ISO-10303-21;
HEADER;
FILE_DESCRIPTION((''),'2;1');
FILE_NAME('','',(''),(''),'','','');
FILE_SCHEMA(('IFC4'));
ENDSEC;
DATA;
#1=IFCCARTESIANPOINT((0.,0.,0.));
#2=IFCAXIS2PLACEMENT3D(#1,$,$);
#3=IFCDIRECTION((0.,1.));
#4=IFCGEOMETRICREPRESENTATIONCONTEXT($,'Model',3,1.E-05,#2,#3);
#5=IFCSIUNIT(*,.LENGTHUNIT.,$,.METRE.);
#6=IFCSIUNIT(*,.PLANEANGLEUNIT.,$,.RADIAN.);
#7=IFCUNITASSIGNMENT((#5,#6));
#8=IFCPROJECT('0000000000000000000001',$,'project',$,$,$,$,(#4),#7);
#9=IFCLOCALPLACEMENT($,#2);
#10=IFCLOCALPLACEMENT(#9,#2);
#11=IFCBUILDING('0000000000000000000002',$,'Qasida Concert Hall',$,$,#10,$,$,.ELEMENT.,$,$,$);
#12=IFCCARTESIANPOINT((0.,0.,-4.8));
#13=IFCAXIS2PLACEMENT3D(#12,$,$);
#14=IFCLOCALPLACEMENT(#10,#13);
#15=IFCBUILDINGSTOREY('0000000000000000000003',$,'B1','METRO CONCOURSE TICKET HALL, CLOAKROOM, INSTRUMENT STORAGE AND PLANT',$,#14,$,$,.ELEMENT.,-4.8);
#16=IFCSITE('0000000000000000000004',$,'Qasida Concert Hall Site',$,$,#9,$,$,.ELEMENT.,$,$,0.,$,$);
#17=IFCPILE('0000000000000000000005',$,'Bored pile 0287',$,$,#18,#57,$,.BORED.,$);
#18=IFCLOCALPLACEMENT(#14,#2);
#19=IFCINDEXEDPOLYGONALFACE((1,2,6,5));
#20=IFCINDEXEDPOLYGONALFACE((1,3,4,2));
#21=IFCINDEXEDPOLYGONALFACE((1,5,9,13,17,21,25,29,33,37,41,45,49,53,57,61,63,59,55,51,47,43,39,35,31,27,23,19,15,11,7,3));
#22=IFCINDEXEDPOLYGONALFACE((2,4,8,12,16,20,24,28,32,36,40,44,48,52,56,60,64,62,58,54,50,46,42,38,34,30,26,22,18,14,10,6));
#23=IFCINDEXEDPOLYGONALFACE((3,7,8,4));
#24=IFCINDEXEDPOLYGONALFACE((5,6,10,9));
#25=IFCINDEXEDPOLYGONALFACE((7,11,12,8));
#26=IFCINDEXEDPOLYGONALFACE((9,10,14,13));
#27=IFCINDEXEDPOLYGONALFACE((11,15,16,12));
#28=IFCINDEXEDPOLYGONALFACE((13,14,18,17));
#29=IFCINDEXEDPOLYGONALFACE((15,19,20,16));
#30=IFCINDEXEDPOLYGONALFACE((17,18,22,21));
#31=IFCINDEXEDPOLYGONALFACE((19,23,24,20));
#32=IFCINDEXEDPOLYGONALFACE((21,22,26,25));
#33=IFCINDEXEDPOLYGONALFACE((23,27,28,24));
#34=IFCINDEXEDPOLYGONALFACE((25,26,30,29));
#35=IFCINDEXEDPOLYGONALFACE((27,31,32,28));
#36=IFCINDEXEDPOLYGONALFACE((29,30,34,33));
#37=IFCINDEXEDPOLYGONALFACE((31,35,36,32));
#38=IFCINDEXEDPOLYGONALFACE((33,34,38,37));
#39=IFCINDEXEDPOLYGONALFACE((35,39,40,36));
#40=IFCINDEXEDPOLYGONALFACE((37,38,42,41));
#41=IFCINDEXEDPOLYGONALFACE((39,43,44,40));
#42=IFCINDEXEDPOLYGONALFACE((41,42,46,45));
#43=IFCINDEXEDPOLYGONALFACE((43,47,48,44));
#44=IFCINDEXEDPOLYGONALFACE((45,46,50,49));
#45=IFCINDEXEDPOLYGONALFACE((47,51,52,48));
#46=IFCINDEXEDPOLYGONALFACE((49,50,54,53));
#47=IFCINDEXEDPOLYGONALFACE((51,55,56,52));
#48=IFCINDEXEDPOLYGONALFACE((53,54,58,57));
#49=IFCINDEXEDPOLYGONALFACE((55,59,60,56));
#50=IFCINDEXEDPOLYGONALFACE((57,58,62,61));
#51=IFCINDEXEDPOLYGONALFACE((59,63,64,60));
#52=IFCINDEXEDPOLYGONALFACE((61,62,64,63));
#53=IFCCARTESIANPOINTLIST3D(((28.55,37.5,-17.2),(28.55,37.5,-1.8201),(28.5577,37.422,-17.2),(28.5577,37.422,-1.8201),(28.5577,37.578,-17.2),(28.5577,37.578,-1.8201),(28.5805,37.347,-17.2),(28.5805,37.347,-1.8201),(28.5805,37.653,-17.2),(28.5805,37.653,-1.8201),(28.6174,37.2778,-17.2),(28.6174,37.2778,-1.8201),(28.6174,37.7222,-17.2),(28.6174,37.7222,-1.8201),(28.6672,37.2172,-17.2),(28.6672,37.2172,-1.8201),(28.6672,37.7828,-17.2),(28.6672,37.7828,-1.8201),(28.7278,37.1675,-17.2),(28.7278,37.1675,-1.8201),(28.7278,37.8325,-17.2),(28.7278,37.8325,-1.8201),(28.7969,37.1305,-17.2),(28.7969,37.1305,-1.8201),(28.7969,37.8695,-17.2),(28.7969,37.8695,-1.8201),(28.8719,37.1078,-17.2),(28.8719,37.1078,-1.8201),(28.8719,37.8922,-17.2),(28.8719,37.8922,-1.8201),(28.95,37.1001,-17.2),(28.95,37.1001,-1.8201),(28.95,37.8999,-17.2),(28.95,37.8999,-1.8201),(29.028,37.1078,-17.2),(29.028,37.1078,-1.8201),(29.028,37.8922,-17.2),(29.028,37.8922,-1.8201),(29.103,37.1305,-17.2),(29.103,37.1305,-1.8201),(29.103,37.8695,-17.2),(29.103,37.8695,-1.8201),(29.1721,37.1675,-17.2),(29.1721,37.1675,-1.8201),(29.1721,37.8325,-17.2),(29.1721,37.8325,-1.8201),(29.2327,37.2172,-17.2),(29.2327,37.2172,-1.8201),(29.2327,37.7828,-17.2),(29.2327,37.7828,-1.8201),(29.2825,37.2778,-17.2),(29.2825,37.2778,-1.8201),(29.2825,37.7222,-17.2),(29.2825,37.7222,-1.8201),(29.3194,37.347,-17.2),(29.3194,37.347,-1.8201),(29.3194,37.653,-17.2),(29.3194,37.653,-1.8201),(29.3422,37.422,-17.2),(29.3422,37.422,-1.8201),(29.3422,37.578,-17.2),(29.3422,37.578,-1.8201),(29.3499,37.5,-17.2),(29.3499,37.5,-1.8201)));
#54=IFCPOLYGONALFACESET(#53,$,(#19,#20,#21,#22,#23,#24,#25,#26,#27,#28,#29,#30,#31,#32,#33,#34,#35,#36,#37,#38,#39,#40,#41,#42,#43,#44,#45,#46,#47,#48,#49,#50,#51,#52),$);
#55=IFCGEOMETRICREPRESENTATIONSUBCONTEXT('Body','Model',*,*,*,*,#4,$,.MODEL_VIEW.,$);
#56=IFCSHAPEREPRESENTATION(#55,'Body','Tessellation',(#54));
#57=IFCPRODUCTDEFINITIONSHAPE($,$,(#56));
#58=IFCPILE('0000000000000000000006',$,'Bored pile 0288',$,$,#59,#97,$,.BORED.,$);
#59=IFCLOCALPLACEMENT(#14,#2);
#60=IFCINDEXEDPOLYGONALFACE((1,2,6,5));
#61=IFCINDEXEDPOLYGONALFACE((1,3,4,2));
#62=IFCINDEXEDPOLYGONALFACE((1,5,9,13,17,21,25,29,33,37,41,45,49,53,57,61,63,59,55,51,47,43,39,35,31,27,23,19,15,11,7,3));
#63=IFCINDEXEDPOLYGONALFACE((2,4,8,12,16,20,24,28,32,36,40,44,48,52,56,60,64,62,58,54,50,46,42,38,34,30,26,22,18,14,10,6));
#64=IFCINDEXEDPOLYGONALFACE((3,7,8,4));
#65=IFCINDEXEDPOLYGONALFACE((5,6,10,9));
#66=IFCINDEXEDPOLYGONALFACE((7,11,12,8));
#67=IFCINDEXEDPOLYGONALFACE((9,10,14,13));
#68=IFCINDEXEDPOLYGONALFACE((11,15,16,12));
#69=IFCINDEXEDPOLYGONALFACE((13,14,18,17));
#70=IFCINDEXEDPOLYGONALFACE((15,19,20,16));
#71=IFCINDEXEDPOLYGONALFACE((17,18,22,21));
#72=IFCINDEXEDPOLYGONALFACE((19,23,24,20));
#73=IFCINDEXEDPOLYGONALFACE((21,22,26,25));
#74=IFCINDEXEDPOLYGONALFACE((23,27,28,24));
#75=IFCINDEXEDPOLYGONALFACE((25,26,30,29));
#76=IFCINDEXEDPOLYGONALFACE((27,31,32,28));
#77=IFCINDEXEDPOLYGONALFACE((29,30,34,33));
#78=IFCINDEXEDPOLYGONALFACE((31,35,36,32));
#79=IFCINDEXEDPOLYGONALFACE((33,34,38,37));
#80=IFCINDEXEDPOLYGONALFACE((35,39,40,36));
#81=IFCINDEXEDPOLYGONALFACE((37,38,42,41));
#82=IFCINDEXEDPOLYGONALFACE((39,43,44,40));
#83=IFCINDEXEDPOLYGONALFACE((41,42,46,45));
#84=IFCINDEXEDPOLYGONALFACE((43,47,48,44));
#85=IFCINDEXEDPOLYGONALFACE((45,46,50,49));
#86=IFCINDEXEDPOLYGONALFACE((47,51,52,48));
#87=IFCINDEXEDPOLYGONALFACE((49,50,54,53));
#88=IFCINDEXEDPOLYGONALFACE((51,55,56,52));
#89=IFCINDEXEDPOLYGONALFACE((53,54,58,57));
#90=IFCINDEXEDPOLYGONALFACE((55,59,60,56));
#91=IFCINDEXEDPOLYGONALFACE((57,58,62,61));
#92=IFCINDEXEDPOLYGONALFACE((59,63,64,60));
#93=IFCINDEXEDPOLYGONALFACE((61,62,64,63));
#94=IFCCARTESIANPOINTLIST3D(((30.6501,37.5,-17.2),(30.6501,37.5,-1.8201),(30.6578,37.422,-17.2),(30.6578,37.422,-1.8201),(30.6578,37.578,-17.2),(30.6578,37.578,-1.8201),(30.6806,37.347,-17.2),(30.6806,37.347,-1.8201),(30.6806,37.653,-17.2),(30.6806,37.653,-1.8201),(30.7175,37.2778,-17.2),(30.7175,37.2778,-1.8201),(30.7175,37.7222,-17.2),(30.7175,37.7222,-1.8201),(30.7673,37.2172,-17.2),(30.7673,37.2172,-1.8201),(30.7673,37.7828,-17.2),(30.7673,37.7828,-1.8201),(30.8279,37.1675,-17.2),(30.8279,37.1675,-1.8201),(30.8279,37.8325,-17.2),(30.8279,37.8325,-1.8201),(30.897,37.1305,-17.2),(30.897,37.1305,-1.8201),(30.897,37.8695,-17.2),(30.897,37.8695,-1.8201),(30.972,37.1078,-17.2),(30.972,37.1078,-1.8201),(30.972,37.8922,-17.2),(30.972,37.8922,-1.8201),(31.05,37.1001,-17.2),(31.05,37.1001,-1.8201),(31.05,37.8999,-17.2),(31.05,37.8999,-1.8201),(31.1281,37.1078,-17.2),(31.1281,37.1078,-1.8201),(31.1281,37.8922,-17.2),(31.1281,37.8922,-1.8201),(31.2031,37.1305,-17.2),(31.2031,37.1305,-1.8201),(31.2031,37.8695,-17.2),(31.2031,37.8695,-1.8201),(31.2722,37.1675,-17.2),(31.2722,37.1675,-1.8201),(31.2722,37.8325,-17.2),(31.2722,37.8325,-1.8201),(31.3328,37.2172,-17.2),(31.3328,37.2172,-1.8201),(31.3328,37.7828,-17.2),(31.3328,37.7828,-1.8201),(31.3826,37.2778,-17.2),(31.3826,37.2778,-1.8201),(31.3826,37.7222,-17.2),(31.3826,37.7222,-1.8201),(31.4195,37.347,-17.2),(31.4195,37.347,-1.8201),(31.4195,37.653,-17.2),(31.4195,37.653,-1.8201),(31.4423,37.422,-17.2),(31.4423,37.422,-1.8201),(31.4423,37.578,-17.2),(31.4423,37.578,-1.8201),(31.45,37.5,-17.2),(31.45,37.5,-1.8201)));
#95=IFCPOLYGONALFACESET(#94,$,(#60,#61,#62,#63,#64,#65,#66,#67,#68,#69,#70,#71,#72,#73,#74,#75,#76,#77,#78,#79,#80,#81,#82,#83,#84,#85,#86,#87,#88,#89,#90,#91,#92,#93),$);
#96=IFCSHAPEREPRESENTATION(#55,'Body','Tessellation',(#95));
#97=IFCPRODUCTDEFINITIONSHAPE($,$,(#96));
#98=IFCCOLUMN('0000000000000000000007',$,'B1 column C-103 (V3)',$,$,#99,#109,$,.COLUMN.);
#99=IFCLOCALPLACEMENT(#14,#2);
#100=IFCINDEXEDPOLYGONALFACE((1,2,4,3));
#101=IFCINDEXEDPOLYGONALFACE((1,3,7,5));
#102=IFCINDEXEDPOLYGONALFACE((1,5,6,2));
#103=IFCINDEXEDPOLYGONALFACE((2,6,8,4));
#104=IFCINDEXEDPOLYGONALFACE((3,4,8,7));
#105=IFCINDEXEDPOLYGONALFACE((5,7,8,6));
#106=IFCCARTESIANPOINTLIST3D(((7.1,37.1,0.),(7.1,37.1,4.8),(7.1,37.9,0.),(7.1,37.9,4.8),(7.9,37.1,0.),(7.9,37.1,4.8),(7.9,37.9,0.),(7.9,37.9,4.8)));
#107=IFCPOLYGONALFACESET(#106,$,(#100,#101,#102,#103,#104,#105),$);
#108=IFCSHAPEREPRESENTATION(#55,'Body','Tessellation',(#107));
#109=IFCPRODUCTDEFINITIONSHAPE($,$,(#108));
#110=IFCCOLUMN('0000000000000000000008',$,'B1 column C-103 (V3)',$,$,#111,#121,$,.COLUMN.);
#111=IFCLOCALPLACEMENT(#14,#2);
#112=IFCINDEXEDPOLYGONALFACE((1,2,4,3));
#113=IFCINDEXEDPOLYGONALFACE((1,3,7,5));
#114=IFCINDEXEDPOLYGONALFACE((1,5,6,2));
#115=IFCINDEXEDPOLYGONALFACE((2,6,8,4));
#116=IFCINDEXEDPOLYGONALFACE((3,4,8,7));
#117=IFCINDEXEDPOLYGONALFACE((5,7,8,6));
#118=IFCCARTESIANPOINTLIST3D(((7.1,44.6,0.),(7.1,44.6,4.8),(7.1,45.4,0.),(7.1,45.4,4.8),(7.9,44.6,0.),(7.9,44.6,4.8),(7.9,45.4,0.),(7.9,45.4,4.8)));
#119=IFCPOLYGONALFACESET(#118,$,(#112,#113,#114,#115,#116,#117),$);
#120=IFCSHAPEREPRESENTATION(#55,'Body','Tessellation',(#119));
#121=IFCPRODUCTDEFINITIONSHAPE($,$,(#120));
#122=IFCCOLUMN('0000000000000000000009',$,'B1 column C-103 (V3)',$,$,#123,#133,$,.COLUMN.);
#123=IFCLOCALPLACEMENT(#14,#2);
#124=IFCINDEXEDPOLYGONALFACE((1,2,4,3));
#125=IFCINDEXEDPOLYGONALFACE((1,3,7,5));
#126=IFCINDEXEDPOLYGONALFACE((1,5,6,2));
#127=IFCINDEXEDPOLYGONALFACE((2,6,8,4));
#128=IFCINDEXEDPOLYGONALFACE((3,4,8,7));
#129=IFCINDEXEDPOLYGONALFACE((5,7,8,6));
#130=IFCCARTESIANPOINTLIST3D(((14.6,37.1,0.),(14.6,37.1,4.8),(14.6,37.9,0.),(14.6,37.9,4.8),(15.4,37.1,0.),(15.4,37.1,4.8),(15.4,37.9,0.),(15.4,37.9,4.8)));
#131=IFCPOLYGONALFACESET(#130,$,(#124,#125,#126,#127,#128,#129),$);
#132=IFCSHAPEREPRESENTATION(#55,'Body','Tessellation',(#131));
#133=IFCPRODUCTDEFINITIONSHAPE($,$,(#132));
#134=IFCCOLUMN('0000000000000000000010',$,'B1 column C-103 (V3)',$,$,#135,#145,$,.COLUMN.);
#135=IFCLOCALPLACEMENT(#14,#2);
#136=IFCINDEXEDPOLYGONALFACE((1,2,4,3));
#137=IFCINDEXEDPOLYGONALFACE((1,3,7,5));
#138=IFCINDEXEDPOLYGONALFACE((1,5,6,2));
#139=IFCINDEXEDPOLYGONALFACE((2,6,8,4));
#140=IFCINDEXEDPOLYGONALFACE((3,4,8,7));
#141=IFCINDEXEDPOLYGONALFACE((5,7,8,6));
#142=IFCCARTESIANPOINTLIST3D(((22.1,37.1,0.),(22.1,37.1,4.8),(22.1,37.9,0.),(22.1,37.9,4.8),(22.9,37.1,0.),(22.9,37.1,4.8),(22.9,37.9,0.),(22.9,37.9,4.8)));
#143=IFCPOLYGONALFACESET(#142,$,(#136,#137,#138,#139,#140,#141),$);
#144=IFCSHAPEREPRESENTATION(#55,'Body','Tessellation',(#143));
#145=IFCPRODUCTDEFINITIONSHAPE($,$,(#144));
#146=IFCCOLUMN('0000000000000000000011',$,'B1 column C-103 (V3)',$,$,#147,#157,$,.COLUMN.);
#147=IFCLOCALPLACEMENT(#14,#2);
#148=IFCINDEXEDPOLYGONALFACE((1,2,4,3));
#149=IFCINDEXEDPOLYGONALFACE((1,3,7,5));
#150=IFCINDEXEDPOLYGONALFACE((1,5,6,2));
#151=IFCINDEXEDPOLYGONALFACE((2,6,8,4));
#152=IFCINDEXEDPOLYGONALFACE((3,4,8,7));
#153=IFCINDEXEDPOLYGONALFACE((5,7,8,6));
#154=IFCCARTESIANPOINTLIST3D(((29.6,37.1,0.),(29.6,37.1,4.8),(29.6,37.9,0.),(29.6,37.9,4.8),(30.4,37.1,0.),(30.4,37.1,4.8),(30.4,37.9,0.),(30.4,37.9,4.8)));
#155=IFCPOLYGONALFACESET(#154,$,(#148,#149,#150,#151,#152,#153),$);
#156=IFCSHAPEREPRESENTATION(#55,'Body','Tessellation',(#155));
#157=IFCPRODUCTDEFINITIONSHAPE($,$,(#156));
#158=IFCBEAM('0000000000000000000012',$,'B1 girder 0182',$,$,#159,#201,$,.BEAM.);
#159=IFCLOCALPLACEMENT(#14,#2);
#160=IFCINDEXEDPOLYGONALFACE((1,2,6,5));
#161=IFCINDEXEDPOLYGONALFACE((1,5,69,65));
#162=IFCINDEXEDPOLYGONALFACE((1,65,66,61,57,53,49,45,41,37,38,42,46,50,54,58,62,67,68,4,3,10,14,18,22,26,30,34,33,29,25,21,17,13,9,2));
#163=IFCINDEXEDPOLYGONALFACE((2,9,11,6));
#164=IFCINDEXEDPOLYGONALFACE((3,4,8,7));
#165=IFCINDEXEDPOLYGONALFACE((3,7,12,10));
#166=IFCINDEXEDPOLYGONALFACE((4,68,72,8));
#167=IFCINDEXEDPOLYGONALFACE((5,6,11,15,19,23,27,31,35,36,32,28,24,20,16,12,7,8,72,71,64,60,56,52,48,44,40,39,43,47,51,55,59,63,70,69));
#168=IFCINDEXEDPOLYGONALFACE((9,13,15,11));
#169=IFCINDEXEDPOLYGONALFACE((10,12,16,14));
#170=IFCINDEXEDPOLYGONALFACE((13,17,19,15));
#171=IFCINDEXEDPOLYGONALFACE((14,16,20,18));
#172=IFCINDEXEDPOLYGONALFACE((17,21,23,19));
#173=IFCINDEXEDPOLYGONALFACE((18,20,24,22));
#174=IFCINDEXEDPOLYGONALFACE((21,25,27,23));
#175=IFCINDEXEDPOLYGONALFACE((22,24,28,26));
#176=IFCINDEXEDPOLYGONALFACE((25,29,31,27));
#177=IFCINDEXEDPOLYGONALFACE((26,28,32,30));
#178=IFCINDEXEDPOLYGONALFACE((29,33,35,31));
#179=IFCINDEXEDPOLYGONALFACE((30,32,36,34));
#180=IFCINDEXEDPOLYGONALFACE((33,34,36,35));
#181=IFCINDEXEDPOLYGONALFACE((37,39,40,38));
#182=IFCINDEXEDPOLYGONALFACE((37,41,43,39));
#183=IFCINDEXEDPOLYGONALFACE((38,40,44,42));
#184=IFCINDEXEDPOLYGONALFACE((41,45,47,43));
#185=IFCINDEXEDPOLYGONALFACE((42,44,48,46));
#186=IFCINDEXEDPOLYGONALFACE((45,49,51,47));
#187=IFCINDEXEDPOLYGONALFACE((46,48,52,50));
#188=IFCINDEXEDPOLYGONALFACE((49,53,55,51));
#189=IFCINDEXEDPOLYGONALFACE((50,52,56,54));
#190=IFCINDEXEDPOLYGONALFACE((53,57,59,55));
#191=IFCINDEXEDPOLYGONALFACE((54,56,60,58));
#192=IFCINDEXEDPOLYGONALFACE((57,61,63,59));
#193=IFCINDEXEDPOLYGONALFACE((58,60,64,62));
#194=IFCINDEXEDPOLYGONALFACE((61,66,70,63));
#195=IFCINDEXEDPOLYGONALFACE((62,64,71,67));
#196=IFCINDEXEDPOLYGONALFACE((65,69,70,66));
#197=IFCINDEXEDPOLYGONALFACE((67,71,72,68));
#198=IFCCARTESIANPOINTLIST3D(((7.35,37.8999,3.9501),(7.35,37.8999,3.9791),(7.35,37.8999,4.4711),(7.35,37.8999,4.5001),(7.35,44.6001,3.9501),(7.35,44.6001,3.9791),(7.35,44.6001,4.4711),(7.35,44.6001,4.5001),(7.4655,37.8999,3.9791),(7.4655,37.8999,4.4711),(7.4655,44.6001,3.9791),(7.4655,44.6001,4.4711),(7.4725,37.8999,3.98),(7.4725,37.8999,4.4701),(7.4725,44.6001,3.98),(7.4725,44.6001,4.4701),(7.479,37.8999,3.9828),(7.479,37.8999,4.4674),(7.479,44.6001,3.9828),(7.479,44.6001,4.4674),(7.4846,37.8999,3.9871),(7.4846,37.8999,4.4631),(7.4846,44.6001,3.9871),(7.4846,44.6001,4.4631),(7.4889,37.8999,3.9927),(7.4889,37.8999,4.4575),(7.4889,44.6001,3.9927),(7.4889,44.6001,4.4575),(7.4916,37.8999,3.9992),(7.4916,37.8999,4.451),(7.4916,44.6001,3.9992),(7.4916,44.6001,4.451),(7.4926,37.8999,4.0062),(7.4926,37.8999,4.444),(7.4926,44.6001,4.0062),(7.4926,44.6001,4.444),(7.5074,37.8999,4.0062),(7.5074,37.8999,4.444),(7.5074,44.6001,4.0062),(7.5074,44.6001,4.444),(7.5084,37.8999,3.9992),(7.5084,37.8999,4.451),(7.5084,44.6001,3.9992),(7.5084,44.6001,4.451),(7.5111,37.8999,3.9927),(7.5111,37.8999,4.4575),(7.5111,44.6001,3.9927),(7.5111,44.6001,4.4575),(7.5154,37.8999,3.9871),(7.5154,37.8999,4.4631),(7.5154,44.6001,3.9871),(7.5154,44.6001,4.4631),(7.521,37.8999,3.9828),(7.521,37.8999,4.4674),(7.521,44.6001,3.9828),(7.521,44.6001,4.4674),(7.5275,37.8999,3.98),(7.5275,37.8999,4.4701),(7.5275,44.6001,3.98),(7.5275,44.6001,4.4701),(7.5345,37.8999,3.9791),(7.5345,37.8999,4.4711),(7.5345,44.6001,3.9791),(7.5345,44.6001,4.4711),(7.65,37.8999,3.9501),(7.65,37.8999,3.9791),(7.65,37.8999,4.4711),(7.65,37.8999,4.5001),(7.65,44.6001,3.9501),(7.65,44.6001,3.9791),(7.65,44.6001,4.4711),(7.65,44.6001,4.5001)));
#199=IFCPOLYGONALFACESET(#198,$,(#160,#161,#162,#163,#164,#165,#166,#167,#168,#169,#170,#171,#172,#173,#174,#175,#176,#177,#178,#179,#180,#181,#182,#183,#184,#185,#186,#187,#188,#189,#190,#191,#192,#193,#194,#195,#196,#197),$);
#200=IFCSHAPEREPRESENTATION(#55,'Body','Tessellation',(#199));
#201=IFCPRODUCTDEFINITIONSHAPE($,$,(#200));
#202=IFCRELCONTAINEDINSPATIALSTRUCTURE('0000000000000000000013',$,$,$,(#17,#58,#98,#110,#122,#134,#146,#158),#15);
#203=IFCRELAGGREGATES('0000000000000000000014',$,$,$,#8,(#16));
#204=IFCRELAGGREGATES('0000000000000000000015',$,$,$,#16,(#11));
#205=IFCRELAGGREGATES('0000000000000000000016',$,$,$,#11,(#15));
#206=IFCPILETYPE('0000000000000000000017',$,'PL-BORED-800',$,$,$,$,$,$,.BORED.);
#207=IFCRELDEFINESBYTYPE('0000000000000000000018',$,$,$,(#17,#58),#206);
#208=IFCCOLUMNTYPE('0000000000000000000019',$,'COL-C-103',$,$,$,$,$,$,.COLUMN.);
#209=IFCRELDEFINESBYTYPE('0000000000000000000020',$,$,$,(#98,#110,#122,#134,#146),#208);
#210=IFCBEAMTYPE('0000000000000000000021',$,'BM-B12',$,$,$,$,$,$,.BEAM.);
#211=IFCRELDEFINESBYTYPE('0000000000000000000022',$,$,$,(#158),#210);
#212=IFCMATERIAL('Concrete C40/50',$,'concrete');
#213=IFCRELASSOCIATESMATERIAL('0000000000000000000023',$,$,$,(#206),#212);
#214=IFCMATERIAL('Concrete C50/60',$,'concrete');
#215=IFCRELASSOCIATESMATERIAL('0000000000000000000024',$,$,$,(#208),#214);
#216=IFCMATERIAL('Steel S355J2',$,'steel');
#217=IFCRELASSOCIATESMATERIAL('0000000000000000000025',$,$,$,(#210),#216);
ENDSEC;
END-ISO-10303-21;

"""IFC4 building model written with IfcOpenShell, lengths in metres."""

from ifc_helpers import new_model, si_unit, direction, frame, origin, origin_2d, place, context, subcontext, project, spatial, rectangle, circle, i_section, extrude, material, material_profile, profile_set, type_object, element, save


model = new_model("IFC4")

# Units and contexts
model_context = context("Model", 3, precision=1e-05, world=origin(), true_north=direction((0.0, 1.0)))
body_context = subcontext(model_context, "Body", "Model", "MODEL_VIEW")
ifc_project = project(units=[si_unit("LENGTHUNIT", "METRE"), si_unit("PLANEANGLEUNIT", "RADIAN")], contexts=[model_context])

# Site, building, storey
site_placement = place(None, origin())
site = spatial("IfcSite", under=ifc_project, at=site_placement, Name="Qasida Concert Hall Site", CompositionType="ELEMENT", RefElevation=0.0)
building_placement = place(site_placement, origin())
building = spatial("IfcBuilding", under=site, at=building_placement, Name="Qasida Concert Hall", CompositionType="ELEMENT")
storey_placement = place(building_placement, frame((0.0, 0.0, -4.8)))
storey = spatial("IfcBuildingStorey", under=building, at=storey_placement, Name="B1", Description="METRO CONCOURSE TICKET HALL, CLOAKROOM, INSTRUMENT STORAGE AND PLANT", CompositionType="ELEMENT", Elevation=-4.8)

# Shared definitions
ifc_material_1 = material(Name="Concrete C40/50", Category="concrete")

# Piles
ifc_material_profile_1 = material_profile(ifc_material_1, circle(Radius=0.3999, at=origin_2d()), Name="BORED PILE D800")
ifc_profile_set_1 = profile_set([ifc_material_profile_1], Name="Concrete C40/50")
pile_type = type_object("IfcPileType", Name="PL-BORED-800", PredefinedType="BORED", material=ifc_profile_set_1)
for number, where, z_axis, x_axis, name in (
    (1, (28.95, 37.5, -1.8201), (0.0, 0.0, -1.0), (1.0, 0.0, 0.0), "Bored pile 0287"),
    (2, (31.05, 37.5, -1.8201), (0.0, 0.0, -1.0), (1.0, 0.0, 0.0), "Bored pile 0288"),
):
    element("IfcPile", number, at=place(storey_placement, frame(where, z_axis=z_axis, x_axis=x_axis)), inside=storey, type_object=pile_type, Name=name, PredefinedType="BORED", context=body_context, shape_type="SweptSolid", body=[
        extrude(circle(Radius=0.3999, at=origin_2d()), origin(), (0.0, 0.0, 1.0), 15.3799),
    ])

# Columns
ifc_material_2 = material(Name="Concrete C50/60", Category="concrete")
ifc_material_profile_2 = material_profile(ifc_material_2, rectangle(XDim=0.8, YDim=0.8, at=origin_2d()), Name="RC 800x800")
ifc_profile_set_2 = profile_set([ifc_material_profile_2], Name="Concrete C50/60")
column_type = type_object("IfcColumnType", Name="COL-C-103", PredefinedType="COLUMN", material=ifc_profile_set_2)
for number, where, z_axis, x_axis, name in (
    (3, (7.5, 37.5, 0.0), (0.0, 0.0, 1.0), (1.0, 0.0, 0.0), "B1 column C-103 (V3)"),
    (4, (7.5, 45.0, 0.0), (0.0, 0.0, 1.0), (1.0, 0.0, 0.0), "B1 column C-103 (V3)"),
    (5, (15.0, 37.5, 0.0), (0.0, 0.0, 1.0), (1.0, 0.0, 0.0), "B1 column C-103 (V3)"),
    (6, (22.5, 37.5, 0.0), (0.0, 0.0, 1.0), (1.0, 0.0, 0.0), "B1 column C-103 (V3)"),
    (7, (30.0, 37.5, 0.0), (0.0, 0.0, 1.0), (1.0, 0.0, 0.0), "B1 column C-103 (V3)"),
):
    element("IfcColumn", number, at=place(storey_placement, frame(where, z_axis=z_axis, x_axis=x_axis)), inside=storey, type_object=column_type, Name=name, PredefinedType="COLUMN", context=body_context, shape_type="SweptSolid", body=[
        extrude(rectangle(XDim=0.8, YDim=0.8, at=origin_2d()), origin(), (0.0, 0.0, 1.0), 4.8),
    ])

# Beam
ifc_material_3 = material(Name="Steel S355J2", Category="steel")
ifc_material_profile_3 = material_profile(ifc_material_3, i_section(OverallWidth=0.3, OverallDepth=0.55, WebThickness=0.0149, FlangeThickness=0.0291, FilletRadius=0.0271, at=origin_2d()), Name="HEB 550")
ifc_profile_set_3 = profile_set([ifc_material_profile_3], Name="Steel S355J2")
beam_type_1 = type_object("IfcBeamType", Name="BM-B12", PredefinedType="BEAM", material=ifc_profile_set_3)
beam_1_placement = place(storey_placement, frame((7.5, 37.8999, 4.2251), z_axis=(0.0, 1.0, 0.0), x_axis=(-1.0, 0.0, 0.0)))
element("IfcBeam", 8, at=beam_1_placement, inside=storey, type_object=beam_type_1, Name="B1 girder 0182", PredefinedType="BEAM", context=body_context, shape_type="SweptSolid", body=[
    extrude(i_section(OverallWidth=0.3, OverallDepth=0.55, WebThickness=0.0149, FlangeThickness=0.0291, FilletRadius=0.0271, at=origin_2d()), origin(), (0.0, 0.0, 1.0), 6.7002),
])

save(model, "model.ifc")
